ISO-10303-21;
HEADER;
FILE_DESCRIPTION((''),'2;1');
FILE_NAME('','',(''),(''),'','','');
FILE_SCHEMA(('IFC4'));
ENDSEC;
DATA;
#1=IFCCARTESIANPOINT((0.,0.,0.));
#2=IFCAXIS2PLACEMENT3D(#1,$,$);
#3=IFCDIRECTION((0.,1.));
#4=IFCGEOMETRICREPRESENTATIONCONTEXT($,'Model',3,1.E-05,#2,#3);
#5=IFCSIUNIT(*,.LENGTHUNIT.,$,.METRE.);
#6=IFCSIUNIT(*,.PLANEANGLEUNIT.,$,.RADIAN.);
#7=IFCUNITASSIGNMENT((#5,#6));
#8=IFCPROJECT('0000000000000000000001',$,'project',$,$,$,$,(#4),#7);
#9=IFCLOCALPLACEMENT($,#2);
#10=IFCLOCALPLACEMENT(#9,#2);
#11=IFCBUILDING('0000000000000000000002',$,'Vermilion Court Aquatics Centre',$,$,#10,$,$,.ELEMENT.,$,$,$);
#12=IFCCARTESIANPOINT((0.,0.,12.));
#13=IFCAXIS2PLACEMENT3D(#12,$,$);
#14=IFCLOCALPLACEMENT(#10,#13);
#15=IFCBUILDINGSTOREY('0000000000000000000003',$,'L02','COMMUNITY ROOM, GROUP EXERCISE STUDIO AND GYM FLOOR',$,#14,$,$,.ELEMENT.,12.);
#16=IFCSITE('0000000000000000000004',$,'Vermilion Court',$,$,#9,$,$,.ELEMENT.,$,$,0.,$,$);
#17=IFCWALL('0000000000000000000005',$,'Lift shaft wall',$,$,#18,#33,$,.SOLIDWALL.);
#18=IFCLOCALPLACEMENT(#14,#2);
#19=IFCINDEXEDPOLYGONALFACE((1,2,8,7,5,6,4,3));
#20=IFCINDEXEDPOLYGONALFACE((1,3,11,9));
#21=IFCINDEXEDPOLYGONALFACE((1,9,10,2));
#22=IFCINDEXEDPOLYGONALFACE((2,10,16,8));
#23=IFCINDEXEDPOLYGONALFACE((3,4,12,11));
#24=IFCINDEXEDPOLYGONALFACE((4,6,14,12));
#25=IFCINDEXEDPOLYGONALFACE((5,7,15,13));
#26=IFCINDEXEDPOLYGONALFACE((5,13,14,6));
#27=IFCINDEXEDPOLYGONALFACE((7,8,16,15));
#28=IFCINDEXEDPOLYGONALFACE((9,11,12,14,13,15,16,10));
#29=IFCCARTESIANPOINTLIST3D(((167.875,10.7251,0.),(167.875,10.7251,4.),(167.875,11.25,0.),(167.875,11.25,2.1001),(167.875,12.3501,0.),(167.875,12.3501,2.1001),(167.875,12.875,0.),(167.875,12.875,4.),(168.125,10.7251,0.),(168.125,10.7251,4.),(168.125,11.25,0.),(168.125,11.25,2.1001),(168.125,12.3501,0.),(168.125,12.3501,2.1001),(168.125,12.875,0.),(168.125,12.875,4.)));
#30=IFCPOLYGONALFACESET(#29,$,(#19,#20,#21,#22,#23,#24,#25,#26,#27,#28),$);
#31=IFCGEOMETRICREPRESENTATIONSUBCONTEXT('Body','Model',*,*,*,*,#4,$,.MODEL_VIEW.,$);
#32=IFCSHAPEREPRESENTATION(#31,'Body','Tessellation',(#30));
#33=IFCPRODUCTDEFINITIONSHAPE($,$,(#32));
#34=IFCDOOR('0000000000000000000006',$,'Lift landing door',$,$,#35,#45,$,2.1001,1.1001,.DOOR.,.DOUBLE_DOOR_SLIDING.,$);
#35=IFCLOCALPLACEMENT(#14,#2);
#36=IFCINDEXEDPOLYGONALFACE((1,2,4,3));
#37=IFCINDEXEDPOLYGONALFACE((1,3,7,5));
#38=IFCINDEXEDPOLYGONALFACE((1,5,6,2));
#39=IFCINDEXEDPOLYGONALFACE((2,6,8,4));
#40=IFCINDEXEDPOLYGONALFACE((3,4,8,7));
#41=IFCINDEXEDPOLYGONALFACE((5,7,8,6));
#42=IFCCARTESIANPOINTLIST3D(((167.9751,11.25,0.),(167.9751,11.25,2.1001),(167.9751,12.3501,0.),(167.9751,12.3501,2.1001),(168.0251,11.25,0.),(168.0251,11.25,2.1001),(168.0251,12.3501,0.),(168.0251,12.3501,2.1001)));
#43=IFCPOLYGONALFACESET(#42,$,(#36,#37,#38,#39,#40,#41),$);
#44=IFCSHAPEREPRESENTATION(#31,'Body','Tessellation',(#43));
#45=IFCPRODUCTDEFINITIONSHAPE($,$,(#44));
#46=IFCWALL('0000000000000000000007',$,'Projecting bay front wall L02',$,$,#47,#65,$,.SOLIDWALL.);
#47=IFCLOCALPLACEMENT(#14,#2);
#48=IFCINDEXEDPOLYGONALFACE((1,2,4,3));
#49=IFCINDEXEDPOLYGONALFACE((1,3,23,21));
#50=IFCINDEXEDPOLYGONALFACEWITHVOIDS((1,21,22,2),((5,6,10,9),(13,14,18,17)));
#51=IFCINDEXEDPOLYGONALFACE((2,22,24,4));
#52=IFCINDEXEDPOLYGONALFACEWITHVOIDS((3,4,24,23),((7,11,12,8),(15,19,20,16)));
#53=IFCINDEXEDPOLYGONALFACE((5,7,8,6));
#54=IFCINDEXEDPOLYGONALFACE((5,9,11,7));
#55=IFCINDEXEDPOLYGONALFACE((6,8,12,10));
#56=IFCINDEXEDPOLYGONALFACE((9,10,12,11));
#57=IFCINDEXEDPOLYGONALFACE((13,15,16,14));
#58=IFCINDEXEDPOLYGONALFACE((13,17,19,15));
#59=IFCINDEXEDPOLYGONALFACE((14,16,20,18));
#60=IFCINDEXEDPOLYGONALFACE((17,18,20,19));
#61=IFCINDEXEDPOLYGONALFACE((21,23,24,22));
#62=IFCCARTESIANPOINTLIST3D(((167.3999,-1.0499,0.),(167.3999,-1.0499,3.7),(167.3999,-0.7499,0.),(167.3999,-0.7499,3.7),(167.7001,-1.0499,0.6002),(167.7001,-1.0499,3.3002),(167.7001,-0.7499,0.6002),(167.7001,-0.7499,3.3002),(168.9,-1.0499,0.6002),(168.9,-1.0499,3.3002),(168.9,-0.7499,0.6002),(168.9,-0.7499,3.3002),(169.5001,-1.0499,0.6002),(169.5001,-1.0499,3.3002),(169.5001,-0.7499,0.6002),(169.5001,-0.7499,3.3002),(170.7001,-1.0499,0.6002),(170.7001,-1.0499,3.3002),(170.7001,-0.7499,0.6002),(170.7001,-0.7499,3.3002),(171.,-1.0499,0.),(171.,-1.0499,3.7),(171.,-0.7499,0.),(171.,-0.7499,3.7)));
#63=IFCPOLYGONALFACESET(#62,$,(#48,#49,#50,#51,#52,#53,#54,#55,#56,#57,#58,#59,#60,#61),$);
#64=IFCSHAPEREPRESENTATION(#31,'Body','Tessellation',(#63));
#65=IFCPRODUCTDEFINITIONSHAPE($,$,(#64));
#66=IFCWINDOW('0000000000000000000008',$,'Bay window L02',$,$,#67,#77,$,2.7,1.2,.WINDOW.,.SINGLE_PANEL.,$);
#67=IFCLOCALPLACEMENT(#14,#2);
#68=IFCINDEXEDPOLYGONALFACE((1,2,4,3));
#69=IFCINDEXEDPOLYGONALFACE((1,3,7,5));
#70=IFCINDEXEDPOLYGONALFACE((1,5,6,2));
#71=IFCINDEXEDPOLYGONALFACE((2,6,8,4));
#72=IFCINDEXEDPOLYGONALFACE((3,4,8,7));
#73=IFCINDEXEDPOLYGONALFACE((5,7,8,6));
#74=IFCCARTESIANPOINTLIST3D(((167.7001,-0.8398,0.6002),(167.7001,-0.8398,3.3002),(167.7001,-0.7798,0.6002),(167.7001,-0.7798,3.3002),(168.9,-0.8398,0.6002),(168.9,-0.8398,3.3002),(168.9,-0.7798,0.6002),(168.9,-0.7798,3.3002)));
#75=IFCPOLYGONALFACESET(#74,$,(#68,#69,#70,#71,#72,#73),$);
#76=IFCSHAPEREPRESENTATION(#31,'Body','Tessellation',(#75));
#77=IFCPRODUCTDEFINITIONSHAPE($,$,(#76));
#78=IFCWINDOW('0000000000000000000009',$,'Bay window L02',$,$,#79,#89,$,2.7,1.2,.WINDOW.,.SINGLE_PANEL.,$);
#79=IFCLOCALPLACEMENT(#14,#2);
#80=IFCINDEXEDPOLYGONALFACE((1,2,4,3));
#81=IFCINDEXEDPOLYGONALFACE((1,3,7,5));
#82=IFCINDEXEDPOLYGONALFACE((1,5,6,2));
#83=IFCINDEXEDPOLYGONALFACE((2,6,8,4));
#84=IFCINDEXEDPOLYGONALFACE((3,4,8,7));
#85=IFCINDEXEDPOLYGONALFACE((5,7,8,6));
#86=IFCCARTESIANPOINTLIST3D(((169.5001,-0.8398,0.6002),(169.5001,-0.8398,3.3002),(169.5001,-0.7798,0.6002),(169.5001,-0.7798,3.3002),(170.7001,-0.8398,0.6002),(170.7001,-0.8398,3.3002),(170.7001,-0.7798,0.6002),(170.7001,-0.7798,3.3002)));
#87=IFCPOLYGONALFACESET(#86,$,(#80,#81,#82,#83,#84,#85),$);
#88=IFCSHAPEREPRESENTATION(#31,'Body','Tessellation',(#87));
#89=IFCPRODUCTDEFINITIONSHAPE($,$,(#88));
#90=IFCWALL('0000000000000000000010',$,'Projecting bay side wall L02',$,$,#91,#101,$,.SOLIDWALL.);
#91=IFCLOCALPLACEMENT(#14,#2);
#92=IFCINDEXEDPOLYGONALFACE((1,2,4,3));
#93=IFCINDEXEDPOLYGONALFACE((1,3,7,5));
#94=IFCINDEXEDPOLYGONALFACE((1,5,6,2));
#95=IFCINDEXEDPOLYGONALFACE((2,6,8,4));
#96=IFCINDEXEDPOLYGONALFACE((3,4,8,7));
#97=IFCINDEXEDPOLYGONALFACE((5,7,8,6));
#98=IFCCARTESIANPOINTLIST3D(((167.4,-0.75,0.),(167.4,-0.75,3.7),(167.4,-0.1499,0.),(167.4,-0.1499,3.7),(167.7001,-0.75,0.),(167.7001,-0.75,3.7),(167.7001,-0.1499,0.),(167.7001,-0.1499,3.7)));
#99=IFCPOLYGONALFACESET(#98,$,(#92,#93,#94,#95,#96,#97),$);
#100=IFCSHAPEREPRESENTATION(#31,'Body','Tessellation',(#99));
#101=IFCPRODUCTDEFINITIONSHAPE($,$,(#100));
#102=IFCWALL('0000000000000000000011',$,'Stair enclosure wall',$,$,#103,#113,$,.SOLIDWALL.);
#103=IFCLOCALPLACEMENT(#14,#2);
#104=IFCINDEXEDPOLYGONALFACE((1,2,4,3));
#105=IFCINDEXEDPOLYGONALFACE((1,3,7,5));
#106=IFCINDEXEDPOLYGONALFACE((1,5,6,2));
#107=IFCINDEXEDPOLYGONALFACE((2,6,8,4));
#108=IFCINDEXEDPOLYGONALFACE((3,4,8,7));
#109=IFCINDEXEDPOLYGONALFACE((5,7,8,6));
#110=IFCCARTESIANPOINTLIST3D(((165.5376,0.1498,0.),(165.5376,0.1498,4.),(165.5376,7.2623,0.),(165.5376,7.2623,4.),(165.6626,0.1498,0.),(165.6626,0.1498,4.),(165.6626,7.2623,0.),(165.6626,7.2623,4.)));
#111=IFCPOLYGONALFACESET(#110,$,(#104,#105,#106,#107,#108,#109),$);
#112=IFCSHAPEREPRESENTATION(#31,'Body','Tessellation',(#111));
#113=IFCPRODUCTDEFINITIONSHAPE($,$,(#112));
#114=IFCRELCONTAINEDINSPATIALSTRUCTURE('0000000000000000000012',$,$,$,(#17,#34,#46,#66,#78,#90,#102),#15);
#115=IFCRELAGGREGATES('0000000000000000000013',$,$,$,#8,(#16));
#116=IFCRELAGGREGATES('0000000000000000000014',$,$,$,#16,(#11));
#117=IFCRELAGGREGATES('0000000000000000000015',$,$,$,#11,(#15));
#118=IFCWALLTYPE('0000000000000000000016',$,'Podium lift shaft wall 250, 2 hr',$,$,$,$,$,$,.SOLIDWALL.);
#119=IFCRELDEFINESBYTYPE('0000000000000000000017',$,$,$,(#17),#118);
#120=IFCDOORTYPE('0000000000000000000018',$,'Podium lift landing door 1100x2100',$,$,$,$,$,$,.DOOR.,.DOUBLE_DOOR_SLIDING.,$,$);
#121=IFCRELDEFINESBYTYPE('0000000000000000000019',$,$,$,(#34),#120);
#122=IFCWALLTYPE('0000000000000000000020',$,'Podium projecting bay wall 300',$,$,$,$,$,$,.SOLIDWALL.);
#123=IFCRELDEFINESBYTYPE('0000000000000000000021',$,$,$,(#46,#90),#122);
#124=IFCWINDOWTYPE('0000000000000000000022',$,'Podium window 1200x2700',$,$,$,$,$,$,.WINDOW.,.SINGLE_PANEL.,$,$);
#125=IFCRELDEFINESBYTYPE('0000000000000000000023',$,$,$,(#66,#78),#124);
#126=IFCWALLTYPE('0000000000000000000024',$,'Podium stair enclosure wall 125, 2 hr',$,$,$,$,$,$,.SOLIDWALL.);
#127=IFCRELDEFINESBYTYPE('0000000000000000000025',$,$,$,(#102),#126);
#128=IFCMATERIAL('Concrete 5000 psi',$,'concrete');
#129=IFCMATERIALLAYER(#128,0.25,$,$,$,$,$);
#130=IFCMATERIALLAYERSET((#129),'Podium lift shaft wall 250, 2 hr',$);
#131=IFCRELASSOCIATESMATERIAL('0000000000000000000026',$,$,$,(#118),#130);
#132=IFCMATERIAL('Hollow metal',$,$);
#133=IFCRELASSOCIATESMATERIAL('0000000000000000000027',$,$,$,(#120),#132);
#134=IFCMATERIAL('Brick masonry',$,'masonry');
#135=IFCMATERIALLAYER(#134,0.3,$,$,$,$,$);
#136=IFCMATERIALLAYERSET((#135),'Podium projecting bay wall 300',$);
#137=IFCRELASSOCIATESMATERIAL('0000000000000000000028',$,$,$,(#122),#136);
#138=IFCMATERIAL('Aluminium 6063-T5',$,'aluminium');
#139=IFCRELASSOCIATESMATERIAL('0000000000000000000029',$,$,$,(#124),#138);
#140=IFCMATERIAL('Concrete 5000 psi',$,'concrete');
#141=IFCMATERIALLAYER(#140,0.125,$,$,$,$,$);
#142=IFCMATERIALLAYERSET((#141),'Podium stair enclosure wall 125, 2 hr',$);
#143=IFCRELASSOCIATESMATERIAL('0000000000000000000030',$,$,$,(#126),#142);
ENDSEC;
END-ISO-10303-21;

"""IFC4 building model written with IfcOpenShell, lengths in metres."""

from ifc_helpers import new_model, si_unit, direction, frame, frame_2d, origin, place, context, subcontext, project, spatial, rectangle, extrude, material, layer, layer_set, type_object, element, fill, save


model = new_model("IFC4")

# Units and contexts
model_context = context("Model", 3, precision=1e-05, world=origin(), true_north=direction((0.0, 1.0)))
body_context = subcontext(model_context, "Body", "Model", "MODEL_VIEW")
ifc_project = project(units=[si_unit("LENGTHUNIT", "METRE"), si_unit("PLANEANGLEUNIT", "RADIAN")], contexts=[model_context])

# Site, building, storey
site_placement = place(None, origin())
site = spatial("IfcSite", under=ifc_project, at=site_placement, Name="Vermilion Court", CompositionType="ELEMENT", RefElevation=0.0)
building_placement = place(site_placement, origin())
building = spatial("IfcBuilding", under=site, at=building_placement, Name="Vermilion Court Aquatics Centre", CompositionType="ELEMENT")
storey_placement = place(building_placement, frame((0.0, 0.0, 12.0)))
storey = spatial("IfcBuildingStorey", under=building, at=storey_placement, Name="L02", Description="COMMUNITY ROOM, GROUP EXERCISE STUDIO AND GYM FLOOR", CompositionType="ELEMENT", Elevation=12.0)

# Shared definitions
ifc_material_1 = material(Name="Concrete 5000 psi", Category="concrete")
ifc_layer_1 = layer(ifc_material_1, 0.25)
ifc_layer_set_1 = layer_set([ifc_layer_1], Name="Podium lift shaft wall 250, 2 hr")
wall_type_1 = type_object("IfcWallType", Name="Podium lift shaft wall 250, 2 hr", PredefinedType="SOLIDWALL", material=ifc_layer_set_1)

# Wall, opening, door
wall_1_placement = place(storey_placement, frame((168.0, 10.7251, 0.0), z_axis=(0.0, 0.0, 1.0), x_axis=(0.0, 1.0, 0.0)))
wall_1 = element("IfcWall", 1, at=wall_1_placement, inside=storey, type_object=wall_type_1, Name="Lift shaft wall", PredefinedType="SOLIDWALL", context=body_context, shape_type="SweptSolid", body=[
    extrude(rectangle(XDim=2.1499, YDim=0.25, at=frame_2d((1.075, 0.0))), origin(), (0.0, 0.0, 1.0), 4.0),
])
opening_1_placement = place(wall_1_placement, frame((0.5249, 0.0, 0.0)))
opening_1 = element("IfcOpeningElement", 2, at=opening_1_placement, cuts=wall_1, PredefinedType="OPENING", context=body_context, shape_type="SweptSolid", body=[
    extrude(rectangle(XDim=1.1001, YDim=2.1001, at=frame_2d((0.55, 1.05))), frame((0.0, 0.135, 0.0), z_axis=(0.0, -1.0, 0.0), x_axis=(1.0, 0.0, 0.0)), (0.0, 0.0, 1.0), 0.27),
])
ifc_material_2 = material(Name="Hollow metal")
door_type_1 = type_object("IfcDoorType", Name="Podium lift landing door 1100x2100", OperationType="DOUBLE_DOOR_SLIDING", PredefinedType="DOOR", material=ifc_material_2)
door_1_placement = place(opening_1_placement, origin())
door_1 = element("IfcDoor", 3, at=door_1_placement, inside=storey, type_object=door_type_1, Name="Lift landing door", OperationType="DOUBLE_DOOR_SLIDING", OverallHeight=2.1001, OverallWidth=1.1001, PredefinedType="DOOR", context=body_context, shape_type="SweptSolid", body=[
    extrude(rectangle(XDim=1.1001, YDim=2.1001, at=frame_2d((0.55, 1.05))), frame((0.0, 0.0249, 0.0), z_axis=(0.0, -1.0, 0.0), x_axis=(1.0, 0.0, 0.0)), (0.0, 0.0, 1.0), 0.05),
])
fill(opening_1, door_1)

# Wall, openings, windows
ifc_material_3 = material(Name="Brick masonry", Category="masonry")
ifc_layer_2 = layer(ifc_material_3, 0.3)
ifc_layer_set_2 = layer_set([ifc_layer_2], Name="Podium projecting bay wall 300")
wall_type_2 = type_object("IfcWallType", Name="Podium projecting bay wall 300", PredefinedType="SOLIDWALL", material=ifc_layer_set_2)
wall_2_placement = place(storey_placement, frame((167.3999, -0.8999, 0.0), z_axis=(0.0, 0.0, 1.0), x_axis=(1.0, 0.0, 0.0)))
wall_2 = element("IfcWall", 4, at=wall_2_placement, inside=storey, type_object=wall_type_2, Name="Projecting bay front wall L02", PredefinedType="SOLIDWALL", context=body_context, shape_type="SweptSolid", body=[
    extrude(rectangle(XDim=3.6001, YDim=0.3, at=frame_2d((1.8, 0.0))), origin(), (0.0, 0.0, 1.0), 3.7),
])
opening_2_placement = place(wall_2_placement, frame((0.3, 0.0, 0.6001)))
opening_2 = element("IfcOpeningElement", 5, at=opening_2_placement, cuts=wall_2, PredefinedType="OPENING", context=body_context, shape_type="SweptSolid", body=[
    extrude(rectangle(XDim=1.2, YDim=2.7, at=frame_2d((0.6001, 1.3501))), frame((0.0, 0.1599, 0.0), z_axis=(0.0, -1.0, 0.0), x_axis=(1.0, 0.0, 0.0)), (0.0, 0.0, 1.0), 0.3201),
])
opening_3_placement = place(wall_2_placement, frame((2.1001, 0.0, 0.6001)))
opening_3 = element("IfcOpeningElement", 6, at=opening_3_placement, cuts=wall_2, PredefinedType="OPENING", context=body_context, shape_type="SweptSolid", body=[
    extrude(rectangle(XDim=1.2, YDim=2.7, at=frame_2d((0.6001, 1.3501))), frame((0.0, 0.1599, 0.0), z_axis=(0.0, -1.0, 0.0), x_axis=(1.0, 0.0, 0.0)), (0.0, 0.0, 1.0), 0.3201),
])
ifc_material_4 = material(Name="Aluminium 6063-T5", Category="aluminium")
window_type = type_object("IfcWindowType", Name="Podium window 1200x2700", PartitioningType="SINGLE_PANEL", PredefinedType="WINDOW", material=ifc_material_4)
window_1_placement = place(opening_2_placement, origin())
window_1 = element("IfcWindow", 7, at=window_1_placement, inside=storey, type_object=window_type, Name="Bay window L02", OverallHeight=2.7, OverallWidth=1.2, PartitioningType="SINGLE_PANEL", PredefinedType="WINDOW", context=body_context, shape_type="SweptSolid", body=[
    extrude(rectangle(XDim=1.2, YDim=2.7, at=frame_2d((0.6001, 1.3501))), frame((0.0, 0.1201, 0.0), z_axis=(0.0, -1.0, 0.0), x_axis=(1.0, 0.0, 0.0)), (0.0, 0.0, 1.0), 0.0601),
])
fill(opening_2, window_1)
window_2_placement = place(opening_3_placement, origin())
window_2 = element("IfcWindow", 8, at=window_2_placement, inside=storey, type_object=window_type, Name="Bay window L02", OverallHeight=2.7, OverallWidth=1.2, PartitioningType="SINGLE_PANEL", PredefinedType="WINDOW", context=body_context, shape_type="SweptSolid", body=[
    extrude(rectangle(XDim=1.2, YDim=2.7, at=frame_2d((0.6001, 1.3501))), frame((0.0, 0.1201, 0.0), z_axis=(0.0, -1.0, 0.0), x_axis=(1.0, 0.0, 0.0)), (0.0, 0.0, 1.0), 0.0601),
])
fill(opening_3, window_2)

# Walls
wall_3_placement = place(storey_placement, frame((167.55, -0.75, 0.0), z_axis=(0.0, 0.0, 1.0), x_axis=(0.0, 1.0, 0.0)))
element("IfcWall", 9, at=wall_3_placement, inside=storey, type_object=wall_type_2, Name="Projecting bay side wall L02", PredefinedType="SOLIDWALL", context=body_context, shape_type="SweptSolid", body=[
    extrude(rectangle(XDim=0.6001, YDim=0.3, at=frame_2d((0.3, 0.0))), origin(), (0.0, 0.0, 1.0), 3.7),
])
ifc_material_5 = material(Name="Concrete 5000 psi", Category="concrete")
ifc_layer_3 = layer(ifc_material_5, 0.125)
ifc_layer_set_3 = layer_set([ifc_layer_3], Name="Podium stair enclosure wall 125, 2 hr")
wall_type_3 = type_object("IfcWallType", Name="Podium stair enclosure wall 125, 2 hr", PredefinedType="SOLIDWALL", material=ifc_layer_set_3)
wall_4_placement = place(storey_placement, frame((165.6001, 0.1499, 0.0), z_axis=(0.0, 0.0, 1.0), x_axis=(0.0, 1.0, 0.0)))
element("IfcWall", 10, at=wall_4_placement, inside=storey, type_object=wall_type_3, Name="Stair enclosure wall", PredefinedType="SOLIDWALL", context=body_context, shape_type="SweptSolid", body=[
    extrude(rectangle(XDim=7.1125, YDim=0.125, at=frame_2d((3.5562, 0.0))), origin(), (0.0, 0.0, 1.0), 4.0),
])

save(model, "model.ifc")
